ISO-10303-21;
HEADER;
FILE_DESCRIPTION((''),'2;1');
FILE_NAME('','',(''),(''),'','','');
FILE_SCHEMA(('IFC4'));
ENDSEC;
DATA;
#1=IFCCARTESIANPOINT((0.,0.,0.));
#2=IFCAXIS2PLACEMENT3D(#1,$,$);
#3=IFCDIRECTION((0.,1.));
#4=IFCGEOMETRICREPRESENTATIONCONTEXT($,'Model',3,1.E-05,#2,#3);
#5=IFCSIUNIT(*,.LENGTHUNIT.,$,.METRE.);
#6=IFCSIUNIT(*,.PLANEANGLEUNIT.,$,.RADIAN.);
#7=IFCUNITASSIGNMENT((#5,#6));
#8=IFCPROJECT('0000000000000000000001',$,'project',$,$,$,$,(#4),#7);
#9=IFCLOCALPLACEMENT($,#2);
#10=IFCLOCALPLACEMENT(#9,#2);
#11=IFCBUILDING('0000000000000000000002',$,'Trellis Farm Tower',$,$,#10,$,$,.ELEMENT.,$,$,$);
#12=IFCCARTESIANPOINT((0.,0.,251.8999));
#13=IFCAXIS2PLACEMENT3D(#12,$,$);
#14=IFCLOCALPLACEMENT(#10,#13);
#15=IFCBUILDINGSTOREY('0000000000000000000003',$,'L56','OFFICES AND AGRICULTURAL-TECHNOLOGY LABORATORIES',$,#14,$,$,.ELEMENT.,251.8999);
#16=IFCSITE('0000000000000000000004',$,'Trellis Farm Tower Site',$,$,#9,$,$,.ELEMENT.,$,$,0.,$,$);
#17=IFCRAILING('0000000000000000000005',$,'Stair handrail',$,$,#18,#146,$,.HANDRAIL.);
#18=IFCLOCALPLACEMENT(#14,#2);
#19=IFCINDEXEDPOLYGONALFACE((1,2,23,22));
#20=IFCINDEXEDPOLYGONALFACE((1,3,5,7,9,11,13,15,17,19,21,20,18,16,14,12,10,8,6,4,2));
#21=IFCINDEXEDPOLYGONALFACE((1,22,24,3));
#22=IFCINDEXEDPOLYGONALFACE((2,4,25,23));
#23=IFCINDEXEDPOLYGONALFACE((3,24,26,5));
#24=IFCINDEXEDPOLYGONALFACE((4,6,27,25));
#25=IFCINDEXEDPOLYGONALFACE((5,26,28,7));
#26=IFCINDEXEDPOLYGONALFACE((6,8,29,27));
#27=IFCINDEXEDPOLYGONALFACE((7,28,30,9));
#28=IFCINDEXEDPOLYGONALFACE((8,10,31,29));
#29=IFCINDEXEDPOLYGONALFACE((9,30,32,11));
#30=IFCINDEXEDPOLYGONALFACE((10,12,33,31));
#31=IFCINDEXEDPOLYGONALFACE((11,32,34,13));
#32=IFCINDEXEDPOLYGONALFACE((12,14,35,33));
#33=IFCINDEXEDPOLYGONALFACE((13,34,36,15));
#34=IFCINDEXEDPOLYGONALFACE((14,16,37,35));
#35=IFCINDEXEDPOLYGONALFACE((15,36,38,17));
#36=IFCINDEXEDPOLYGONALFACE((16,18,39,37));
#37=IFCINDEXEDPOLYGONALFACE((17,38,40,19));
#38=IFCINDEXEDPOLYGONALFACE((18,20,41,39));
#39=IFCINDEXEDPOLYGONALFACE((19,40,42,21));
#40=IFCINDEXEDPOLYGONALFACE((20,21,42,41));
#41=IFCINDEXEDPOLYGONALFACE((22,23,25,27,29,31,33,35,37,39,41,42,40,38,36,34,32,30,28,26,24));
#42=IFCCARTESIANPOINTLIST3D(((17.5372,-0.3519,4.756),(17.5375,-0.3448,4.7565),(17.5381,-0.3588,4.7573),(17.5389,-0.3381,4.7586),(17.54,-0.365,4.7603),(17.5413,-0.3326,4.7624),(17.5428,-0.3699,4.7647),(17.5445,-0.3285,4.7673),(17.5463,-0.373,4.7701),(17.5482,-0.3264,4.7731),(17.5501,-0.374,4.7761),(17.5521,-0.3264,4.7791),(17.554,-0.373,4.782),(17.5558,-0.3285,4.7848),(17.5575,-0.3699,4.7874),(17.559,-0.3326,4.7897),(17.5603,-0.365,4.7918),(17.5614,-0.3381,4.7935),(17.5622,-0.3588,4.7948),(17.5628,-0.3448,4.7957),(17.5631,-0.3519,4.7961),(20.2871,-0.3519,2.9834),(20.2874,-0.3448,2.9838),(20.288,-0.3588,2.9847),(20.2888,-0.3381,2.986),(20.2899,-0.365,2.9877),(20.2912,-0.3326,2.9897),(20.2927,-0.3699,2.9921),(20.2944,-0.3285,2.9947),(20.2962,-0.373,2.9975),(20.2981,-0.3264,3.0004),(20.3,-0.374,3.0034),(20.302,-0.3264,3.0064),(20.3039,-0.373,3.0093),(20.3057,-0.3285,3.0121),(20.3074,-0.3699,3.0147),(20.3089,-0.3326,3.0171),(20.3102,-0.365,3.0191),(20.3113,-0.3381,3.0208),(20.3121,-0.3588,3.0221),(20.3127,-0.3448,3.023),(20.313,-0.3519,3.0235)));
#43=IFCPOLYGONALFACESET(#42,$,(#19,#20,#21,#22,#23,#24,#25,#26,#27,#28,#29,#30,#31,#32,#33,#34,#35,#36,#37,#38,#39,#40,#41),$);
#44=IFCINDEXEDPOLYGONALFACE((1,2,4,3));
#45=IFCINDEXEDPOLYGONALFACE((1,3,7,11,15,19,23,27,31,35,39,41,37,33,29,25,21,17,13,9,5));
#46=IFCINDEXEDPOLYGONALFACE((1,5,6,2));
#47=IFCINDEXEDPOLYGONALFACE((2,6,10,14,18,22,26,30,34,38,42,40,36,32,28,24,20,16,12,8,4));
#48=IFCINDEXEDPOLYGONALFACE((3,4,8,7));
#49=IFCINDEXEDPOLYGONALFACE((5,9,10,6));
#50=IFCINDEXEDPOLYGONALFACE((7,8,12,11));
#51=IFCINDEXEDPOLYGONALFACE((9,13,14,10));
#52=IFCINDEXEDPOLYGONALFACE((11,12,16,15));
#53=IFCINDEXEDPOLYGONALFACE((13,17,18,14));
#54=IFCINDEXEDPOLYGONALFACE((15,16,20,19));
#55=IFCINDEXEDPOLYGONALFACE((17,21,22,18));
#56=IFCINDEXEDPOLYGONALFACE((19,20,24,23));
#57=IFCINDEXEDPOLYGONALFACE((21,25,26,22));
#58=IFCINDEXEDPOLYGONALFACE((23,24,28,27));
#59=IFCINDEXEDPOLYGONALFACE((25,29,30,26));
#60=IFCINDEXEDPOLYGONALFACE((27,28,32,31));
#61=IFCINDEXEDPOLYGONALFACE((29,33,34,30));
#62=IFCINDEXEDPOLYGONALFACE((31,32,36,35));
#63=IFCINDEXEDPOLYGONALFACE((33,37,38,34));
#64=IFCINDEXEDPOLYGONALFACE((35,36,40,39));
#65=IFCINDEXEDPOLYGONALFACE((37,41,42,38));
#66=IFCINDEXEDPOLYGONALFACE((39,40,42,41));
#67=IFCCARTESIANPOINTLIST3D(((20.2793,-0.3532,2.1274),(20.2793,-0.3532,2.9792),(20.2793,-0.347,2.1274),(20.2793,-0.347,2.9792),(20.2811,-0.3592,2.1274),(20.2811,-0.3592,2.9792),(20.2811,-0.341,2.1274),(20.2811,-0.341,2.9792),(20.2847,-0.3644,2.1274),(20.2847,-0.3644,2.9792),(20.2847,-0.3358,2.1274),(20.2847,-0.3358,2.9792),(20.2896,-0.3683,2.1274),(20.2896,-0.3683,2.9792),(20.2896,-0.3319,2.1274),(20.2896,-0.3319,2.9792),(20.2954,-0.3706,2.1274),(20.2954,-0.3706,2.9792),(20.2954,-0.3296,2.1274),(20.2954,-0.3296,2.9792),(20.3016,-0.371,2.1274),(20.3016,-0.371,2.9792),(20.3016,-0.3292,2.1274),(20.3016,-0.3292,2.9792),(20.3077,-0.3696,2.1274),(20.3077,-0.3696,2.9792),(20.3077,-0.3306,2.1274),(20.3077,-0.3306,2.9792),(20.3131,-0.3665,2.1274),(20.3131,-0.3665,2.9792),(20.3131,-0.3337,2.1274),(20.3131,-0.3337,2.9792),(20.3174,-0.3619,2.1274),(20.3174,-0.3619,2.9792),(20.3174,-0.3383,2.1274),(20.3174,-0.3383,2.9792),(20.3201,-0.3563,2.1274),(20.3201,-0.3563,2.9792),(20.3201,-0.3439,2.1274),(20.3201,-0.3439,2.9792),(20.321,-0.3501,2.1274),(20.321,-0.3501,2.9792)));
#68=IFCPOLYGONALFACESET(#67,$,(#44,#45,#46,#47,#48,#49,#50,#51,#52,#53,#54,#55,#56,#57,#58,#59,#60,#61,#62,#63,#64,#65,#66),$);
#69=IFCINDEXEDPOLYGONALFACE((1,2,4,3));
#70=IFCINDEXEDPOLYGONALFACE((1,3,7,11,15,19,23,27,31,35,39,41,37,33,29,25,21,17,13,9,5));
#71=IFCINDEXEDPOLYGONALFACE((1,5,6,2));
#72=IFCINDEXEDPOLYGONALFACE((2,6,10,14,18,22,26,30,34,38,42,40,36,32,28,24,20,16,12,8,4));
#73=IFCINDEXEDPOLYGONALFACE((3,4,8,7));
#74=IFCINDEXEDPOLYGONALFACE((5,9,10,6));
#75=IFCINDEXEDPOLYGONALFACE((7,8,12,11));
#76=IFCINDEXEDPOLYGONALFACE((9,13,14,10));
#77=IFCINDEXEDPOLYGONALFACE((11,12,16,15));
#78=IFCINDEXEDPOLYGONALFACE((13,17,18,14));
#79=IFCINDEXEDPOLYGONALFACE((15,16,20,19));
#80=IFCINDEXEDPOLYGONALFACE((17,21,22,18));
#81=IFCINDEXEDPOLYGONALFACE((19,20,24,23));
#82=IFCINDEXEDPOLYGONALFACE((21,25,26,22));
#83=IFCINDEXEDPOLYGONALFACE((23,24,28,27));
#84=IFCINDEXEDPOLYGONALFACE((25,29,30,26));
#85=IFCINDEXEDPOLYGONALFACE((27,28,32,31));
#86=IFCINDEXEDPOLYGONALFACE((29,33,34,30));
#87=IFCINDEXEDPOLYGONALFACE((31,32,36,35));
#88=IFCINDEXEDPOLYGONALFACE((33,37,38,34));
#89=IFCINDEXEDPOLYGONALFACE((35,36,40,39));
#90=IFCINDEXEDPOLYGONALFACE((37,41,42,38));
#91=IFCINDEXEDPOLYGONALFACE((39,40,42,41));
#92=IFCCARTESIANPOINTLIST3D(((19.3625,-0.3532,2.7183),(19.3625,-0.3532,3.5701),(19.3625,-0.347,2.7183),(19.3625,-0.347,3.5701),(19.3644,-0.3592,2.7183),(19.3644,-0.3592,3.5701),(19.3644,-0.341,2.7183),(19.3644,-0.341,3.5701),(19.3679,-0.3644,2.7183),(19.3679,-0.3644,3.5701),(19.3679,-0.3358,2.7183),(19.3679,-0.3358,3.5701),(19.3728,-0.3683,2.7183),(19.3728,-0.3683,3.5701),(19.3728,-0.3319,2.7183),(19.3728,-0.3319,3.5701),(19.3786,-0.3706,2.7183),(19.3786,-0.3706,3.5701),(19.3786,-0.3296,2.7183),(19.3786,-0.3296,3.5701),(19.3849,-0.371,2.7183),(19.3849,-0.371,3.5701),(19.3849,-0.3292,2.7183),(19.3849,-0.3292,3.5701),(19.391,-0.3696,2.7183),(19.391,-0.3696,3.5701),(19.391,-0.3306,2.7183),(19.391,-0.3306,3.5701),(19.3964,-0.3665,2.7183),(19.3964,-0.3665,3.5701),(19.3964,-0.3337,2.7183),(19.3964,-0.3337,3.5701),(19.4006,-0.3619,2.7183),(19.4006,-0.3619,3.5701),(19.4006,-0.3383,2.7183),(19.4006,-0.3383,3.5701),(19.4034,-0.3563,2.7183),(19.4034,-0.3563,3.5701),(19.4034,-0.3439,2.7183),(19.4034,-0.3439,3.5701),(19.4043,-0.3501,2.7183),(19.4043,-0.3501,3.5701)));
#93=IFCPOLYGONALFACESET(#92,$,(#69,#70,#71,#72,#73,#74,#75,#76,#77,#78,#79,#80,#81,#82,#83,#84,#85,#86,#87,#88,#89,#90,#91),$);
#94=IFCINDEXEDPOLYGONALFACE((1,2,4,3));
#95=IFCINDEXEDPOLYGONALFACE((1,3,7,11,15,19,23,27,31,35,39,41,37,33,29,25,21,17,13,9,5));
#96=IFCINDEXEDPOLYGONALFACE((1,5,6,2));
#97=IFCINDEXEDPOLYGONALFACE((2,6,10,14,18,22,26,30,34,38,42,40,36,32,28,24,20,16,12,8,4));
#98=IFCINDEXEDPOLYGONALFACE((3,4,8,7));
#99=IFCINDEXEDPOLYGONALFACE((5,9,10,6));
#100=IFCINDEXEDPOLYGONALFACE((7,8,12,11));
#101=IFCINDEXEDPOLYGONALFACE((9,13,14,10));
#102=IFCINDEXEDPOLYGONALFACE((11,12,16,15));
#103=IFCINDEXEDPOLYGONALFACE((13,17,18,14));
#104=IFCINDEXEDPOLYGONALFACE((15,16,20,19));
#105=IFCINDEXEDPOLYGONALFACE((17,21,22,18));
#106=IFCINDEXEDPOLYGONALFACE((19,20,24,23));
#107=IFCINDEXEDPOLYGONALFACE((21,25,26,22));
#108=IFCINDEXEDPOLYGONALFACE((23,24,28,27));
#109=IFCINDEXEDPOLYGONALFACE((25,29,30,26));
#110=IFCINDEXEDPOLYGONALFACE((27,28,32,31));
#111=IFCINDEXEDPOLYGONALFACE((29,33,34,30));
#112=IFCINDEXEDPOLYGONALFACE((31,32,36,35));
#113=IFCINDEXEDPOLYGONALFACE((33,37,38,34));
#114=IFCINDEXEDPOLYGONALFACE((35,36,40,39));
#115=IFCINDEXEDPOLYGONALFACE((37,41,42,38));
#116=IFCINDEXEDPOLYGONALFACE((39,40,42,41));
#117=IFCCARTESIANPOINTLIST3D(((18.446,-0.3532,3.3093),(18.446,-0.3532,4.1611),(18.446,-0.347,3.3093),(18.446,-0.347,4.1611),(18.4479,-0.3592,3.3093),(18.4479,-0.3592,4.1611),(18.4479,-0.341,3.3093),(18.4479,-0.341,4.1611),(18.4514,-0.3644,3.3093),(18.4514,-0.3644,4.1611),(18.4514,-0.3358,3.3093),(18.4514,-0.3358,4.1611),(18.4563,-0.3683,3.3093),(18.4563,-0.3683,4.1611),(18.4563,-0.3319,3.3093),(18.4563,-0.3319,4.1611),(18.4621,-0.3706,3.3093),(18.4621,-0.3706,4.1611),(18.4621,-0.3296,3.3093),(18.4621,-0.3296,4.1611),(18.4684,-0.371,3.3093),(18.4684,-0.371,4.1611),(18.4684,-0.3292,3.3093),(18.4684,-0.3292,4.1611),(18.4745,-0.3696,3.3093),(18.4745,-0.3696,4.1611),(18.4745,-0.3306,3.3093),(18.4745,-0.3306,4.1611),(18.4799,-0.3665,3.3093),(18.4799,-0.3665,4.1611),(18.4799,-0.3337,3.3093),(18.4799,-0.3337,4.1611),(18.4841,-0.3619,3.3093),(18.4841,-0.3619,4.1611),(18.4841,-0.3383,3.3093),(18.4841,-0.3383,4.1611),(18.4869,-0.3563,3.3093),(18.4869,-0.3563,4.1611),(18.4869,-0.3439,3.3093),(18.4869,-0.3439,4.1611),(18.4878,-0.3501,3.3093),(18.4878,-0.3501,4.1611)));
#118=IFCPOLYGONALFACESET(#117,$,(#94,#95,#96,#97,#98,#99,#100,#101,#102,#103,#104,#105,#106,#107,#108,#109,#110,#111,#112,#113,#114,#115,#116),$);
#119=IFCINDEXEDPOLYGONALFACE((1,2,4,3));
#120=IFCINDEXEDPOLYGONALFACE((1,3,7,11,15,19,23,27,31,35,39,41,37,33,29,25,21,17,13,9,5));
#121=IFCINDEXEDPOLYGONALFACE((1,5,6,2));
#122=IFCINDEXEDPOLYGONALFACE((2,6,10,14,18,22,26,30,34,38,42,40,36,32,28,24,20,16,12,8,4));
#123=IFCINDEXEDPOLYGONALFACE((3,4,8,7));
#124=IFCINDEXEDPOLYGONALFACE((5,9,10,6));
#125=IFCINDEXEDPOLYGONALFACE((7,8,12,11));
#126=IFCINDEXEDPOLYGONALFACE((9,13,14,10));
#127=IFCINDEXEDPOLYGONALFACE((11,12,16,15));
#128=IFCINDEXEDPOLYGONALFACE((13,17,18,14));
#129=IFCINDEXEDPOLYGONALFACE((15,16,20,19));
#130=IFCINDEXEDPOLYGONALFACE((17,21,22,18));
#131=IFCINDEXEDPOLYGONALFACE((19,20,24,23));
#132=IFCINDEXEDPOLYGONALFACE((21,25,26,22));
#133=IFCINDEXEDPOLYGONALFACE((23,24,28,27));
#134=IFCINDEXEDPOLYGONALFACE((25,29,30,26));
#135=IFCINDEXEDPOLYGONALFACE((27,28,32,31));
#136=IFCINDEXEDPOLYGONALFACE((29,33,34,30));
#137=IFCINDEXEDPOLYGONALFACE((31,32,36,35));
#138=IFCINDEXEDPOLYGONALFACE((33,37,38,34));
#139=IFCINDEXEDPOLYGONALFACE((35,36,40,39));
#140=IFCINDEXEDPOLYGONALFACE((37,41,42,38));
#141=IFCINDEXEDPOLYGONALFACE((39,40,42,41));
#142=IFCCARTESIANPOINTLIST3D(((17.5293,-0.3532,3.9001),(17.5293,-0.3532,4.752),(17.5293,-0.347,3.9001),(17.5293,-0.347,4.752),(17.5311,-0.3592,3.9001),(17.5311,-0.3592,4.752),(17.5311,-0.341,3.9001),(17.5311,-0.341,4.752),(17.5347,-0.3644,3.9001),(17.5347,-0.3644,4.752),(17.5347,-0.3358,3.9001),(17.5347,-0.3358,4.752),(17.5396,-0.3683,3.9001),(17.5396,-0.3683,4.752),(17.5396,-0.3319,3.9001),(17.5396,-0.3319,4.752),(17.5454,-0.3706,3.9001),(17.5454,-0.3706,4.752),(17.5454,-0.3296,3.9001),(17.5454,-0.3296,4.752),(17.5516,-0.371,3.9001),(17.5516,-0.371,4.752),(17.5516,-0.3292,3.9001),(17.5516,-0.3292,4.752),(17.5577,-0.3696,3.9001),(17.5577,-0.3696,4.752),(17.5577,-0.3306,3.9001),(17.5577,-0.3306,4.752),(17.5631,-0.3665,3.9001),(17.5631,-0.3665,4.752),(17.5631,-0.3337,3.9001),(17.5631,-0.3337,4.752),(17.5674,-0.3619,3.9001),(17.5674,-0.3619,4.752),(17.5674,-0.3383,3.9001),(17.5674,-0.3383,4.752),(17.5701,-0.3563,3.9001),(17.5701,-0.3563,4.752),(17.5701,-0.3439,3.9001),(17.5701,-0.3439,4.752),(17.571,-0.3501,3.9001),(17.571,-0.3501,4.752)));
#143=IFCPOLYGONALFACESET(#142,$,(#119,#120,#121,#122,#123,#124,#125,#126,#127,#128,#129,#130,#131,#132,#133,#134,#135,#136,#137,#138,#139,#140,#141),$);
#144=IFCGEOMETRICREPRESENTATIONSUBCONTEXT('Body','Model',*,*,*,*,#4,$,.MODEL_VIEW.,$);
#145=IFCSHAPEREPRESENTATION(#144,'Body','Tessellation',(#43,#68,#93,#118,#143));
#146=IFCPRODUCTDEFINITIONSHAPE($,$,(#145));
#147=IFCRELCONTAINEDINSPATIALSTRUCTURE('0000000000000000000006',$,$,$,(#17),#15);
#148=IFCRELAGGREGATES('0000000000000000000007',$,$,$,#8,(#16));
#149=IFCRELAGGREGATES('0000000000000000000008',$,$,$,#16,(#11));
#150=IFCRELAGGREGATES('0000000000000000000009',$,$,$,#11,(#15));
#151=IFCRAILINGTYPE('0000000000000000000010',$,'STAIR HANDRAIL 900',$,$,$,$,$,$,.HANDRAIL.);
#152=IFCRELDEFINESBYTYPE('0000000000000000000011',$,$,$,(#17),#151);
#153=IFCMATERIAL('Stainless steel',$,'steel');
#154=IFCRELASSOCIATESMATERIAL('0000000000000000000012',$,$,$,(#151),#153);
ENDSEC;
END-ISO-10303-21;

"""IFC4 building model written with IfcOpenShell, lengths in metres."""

from ifc_helpers import new_model, si_unit, direction, frame, origin, origin_2d, place, context, subcontext, project, spatial, circle, extrude, source, transform, mapped, material, type_object, element, save


model = new_model("IFC4")

# Units and contexts
model_context = context("Model", 3, precision=1e-05, world=origin(), true_north=direction((0.0, 1.0)))
body_context = subcontext(model_context, "Body", "Model", "MODEL_VIEW")
ifc_project = project(units=[si_unit("LENGTHUNIT", "METRE"), si_unit("PLANEANGLEUNIT", "RADIAN")], contexts=[model_context])

# Site, building, storey
site_placement = place(None, origin())
site = spatial("IfcSite", under=ifc_project, at=site_placement, Name="Trellis Farm Tower Site", CompositionType="ELEMENT", RefElevation=0.0)
building_placement = place(site_placement, origin())
building = spatial("IfcBuilding", under=site, at=building_placement, Name="Trellis Farm Tower", CompositionType="ELEMENT")
storey_placement = place(building_placement, frame((0.0, 0.0, 251.8999)))
storey = spatial("IfcBuildingStorey", under=building, at=storey_placement, Name="L56", Description="OFFICES AND AGRICULTURAL-TECHNOLOGY LABORATORIES", CompositionType="ELEMENT", Elevation=251.8999)

# Railing
ifc_material_1 = material(Name="Stainless steel", Category="steel")
railing_type = type_object("IfcRailingType", Name="STAIR HANDRAIL 900", PredefinedType="HANDRAIL", material=ifc_material_1)
shared_shape_1 = source(origin(), body_context, "Body", "SweptSolid", [
    extrude(circle(Radius=0.0239, at=origin_2d()), frame((0.0, 0.0, 0.876), z_axis=(-0.840504, 0.0, 0.541806), x_axis=(0.0, -1.0, 0.0)), (0.0, 0.0, 1.0), 3.2717),
    extrude(circle(Radius=0.021, at=origin_2d()), origin(), (0.0, 0.0, 1.0), 0.8518),
    extrude(circle(Radius=0.021, at=origin_2d()), frame((-0.9167, 0.0, 0.5908)), (0.0, 0.0, 1.0), 0.8518),
    extrude(circle(Radius=0.021, at=origin_2d()), frame((-1.8333, 0.0, 1.1819)), (0.0, 0.0, 1.0), 0.8518),
    extrude(circle(Radius=0.021, at=origin_2d()), frame((-2.75, 0.0, 1.7727)), (0.0, 0.0, 1.0), 0.8518),
])
for number, where, name in (
    (1, (20.3, -0.3501, 2.1274), "Stair handrail"),
):
    element("IfcRailing", number, at=place(storey_placement, frame(where)), inside=storey, type_object=railing_type, Name=name, PredefinedType="HANDRAIL", context=body_context, shape_type="MappedRepresentation", body=[
        mapped(shared_shape_1, transform((0.0, 0.0, 0.0))),
    ])

save(model, "model.ifc")
